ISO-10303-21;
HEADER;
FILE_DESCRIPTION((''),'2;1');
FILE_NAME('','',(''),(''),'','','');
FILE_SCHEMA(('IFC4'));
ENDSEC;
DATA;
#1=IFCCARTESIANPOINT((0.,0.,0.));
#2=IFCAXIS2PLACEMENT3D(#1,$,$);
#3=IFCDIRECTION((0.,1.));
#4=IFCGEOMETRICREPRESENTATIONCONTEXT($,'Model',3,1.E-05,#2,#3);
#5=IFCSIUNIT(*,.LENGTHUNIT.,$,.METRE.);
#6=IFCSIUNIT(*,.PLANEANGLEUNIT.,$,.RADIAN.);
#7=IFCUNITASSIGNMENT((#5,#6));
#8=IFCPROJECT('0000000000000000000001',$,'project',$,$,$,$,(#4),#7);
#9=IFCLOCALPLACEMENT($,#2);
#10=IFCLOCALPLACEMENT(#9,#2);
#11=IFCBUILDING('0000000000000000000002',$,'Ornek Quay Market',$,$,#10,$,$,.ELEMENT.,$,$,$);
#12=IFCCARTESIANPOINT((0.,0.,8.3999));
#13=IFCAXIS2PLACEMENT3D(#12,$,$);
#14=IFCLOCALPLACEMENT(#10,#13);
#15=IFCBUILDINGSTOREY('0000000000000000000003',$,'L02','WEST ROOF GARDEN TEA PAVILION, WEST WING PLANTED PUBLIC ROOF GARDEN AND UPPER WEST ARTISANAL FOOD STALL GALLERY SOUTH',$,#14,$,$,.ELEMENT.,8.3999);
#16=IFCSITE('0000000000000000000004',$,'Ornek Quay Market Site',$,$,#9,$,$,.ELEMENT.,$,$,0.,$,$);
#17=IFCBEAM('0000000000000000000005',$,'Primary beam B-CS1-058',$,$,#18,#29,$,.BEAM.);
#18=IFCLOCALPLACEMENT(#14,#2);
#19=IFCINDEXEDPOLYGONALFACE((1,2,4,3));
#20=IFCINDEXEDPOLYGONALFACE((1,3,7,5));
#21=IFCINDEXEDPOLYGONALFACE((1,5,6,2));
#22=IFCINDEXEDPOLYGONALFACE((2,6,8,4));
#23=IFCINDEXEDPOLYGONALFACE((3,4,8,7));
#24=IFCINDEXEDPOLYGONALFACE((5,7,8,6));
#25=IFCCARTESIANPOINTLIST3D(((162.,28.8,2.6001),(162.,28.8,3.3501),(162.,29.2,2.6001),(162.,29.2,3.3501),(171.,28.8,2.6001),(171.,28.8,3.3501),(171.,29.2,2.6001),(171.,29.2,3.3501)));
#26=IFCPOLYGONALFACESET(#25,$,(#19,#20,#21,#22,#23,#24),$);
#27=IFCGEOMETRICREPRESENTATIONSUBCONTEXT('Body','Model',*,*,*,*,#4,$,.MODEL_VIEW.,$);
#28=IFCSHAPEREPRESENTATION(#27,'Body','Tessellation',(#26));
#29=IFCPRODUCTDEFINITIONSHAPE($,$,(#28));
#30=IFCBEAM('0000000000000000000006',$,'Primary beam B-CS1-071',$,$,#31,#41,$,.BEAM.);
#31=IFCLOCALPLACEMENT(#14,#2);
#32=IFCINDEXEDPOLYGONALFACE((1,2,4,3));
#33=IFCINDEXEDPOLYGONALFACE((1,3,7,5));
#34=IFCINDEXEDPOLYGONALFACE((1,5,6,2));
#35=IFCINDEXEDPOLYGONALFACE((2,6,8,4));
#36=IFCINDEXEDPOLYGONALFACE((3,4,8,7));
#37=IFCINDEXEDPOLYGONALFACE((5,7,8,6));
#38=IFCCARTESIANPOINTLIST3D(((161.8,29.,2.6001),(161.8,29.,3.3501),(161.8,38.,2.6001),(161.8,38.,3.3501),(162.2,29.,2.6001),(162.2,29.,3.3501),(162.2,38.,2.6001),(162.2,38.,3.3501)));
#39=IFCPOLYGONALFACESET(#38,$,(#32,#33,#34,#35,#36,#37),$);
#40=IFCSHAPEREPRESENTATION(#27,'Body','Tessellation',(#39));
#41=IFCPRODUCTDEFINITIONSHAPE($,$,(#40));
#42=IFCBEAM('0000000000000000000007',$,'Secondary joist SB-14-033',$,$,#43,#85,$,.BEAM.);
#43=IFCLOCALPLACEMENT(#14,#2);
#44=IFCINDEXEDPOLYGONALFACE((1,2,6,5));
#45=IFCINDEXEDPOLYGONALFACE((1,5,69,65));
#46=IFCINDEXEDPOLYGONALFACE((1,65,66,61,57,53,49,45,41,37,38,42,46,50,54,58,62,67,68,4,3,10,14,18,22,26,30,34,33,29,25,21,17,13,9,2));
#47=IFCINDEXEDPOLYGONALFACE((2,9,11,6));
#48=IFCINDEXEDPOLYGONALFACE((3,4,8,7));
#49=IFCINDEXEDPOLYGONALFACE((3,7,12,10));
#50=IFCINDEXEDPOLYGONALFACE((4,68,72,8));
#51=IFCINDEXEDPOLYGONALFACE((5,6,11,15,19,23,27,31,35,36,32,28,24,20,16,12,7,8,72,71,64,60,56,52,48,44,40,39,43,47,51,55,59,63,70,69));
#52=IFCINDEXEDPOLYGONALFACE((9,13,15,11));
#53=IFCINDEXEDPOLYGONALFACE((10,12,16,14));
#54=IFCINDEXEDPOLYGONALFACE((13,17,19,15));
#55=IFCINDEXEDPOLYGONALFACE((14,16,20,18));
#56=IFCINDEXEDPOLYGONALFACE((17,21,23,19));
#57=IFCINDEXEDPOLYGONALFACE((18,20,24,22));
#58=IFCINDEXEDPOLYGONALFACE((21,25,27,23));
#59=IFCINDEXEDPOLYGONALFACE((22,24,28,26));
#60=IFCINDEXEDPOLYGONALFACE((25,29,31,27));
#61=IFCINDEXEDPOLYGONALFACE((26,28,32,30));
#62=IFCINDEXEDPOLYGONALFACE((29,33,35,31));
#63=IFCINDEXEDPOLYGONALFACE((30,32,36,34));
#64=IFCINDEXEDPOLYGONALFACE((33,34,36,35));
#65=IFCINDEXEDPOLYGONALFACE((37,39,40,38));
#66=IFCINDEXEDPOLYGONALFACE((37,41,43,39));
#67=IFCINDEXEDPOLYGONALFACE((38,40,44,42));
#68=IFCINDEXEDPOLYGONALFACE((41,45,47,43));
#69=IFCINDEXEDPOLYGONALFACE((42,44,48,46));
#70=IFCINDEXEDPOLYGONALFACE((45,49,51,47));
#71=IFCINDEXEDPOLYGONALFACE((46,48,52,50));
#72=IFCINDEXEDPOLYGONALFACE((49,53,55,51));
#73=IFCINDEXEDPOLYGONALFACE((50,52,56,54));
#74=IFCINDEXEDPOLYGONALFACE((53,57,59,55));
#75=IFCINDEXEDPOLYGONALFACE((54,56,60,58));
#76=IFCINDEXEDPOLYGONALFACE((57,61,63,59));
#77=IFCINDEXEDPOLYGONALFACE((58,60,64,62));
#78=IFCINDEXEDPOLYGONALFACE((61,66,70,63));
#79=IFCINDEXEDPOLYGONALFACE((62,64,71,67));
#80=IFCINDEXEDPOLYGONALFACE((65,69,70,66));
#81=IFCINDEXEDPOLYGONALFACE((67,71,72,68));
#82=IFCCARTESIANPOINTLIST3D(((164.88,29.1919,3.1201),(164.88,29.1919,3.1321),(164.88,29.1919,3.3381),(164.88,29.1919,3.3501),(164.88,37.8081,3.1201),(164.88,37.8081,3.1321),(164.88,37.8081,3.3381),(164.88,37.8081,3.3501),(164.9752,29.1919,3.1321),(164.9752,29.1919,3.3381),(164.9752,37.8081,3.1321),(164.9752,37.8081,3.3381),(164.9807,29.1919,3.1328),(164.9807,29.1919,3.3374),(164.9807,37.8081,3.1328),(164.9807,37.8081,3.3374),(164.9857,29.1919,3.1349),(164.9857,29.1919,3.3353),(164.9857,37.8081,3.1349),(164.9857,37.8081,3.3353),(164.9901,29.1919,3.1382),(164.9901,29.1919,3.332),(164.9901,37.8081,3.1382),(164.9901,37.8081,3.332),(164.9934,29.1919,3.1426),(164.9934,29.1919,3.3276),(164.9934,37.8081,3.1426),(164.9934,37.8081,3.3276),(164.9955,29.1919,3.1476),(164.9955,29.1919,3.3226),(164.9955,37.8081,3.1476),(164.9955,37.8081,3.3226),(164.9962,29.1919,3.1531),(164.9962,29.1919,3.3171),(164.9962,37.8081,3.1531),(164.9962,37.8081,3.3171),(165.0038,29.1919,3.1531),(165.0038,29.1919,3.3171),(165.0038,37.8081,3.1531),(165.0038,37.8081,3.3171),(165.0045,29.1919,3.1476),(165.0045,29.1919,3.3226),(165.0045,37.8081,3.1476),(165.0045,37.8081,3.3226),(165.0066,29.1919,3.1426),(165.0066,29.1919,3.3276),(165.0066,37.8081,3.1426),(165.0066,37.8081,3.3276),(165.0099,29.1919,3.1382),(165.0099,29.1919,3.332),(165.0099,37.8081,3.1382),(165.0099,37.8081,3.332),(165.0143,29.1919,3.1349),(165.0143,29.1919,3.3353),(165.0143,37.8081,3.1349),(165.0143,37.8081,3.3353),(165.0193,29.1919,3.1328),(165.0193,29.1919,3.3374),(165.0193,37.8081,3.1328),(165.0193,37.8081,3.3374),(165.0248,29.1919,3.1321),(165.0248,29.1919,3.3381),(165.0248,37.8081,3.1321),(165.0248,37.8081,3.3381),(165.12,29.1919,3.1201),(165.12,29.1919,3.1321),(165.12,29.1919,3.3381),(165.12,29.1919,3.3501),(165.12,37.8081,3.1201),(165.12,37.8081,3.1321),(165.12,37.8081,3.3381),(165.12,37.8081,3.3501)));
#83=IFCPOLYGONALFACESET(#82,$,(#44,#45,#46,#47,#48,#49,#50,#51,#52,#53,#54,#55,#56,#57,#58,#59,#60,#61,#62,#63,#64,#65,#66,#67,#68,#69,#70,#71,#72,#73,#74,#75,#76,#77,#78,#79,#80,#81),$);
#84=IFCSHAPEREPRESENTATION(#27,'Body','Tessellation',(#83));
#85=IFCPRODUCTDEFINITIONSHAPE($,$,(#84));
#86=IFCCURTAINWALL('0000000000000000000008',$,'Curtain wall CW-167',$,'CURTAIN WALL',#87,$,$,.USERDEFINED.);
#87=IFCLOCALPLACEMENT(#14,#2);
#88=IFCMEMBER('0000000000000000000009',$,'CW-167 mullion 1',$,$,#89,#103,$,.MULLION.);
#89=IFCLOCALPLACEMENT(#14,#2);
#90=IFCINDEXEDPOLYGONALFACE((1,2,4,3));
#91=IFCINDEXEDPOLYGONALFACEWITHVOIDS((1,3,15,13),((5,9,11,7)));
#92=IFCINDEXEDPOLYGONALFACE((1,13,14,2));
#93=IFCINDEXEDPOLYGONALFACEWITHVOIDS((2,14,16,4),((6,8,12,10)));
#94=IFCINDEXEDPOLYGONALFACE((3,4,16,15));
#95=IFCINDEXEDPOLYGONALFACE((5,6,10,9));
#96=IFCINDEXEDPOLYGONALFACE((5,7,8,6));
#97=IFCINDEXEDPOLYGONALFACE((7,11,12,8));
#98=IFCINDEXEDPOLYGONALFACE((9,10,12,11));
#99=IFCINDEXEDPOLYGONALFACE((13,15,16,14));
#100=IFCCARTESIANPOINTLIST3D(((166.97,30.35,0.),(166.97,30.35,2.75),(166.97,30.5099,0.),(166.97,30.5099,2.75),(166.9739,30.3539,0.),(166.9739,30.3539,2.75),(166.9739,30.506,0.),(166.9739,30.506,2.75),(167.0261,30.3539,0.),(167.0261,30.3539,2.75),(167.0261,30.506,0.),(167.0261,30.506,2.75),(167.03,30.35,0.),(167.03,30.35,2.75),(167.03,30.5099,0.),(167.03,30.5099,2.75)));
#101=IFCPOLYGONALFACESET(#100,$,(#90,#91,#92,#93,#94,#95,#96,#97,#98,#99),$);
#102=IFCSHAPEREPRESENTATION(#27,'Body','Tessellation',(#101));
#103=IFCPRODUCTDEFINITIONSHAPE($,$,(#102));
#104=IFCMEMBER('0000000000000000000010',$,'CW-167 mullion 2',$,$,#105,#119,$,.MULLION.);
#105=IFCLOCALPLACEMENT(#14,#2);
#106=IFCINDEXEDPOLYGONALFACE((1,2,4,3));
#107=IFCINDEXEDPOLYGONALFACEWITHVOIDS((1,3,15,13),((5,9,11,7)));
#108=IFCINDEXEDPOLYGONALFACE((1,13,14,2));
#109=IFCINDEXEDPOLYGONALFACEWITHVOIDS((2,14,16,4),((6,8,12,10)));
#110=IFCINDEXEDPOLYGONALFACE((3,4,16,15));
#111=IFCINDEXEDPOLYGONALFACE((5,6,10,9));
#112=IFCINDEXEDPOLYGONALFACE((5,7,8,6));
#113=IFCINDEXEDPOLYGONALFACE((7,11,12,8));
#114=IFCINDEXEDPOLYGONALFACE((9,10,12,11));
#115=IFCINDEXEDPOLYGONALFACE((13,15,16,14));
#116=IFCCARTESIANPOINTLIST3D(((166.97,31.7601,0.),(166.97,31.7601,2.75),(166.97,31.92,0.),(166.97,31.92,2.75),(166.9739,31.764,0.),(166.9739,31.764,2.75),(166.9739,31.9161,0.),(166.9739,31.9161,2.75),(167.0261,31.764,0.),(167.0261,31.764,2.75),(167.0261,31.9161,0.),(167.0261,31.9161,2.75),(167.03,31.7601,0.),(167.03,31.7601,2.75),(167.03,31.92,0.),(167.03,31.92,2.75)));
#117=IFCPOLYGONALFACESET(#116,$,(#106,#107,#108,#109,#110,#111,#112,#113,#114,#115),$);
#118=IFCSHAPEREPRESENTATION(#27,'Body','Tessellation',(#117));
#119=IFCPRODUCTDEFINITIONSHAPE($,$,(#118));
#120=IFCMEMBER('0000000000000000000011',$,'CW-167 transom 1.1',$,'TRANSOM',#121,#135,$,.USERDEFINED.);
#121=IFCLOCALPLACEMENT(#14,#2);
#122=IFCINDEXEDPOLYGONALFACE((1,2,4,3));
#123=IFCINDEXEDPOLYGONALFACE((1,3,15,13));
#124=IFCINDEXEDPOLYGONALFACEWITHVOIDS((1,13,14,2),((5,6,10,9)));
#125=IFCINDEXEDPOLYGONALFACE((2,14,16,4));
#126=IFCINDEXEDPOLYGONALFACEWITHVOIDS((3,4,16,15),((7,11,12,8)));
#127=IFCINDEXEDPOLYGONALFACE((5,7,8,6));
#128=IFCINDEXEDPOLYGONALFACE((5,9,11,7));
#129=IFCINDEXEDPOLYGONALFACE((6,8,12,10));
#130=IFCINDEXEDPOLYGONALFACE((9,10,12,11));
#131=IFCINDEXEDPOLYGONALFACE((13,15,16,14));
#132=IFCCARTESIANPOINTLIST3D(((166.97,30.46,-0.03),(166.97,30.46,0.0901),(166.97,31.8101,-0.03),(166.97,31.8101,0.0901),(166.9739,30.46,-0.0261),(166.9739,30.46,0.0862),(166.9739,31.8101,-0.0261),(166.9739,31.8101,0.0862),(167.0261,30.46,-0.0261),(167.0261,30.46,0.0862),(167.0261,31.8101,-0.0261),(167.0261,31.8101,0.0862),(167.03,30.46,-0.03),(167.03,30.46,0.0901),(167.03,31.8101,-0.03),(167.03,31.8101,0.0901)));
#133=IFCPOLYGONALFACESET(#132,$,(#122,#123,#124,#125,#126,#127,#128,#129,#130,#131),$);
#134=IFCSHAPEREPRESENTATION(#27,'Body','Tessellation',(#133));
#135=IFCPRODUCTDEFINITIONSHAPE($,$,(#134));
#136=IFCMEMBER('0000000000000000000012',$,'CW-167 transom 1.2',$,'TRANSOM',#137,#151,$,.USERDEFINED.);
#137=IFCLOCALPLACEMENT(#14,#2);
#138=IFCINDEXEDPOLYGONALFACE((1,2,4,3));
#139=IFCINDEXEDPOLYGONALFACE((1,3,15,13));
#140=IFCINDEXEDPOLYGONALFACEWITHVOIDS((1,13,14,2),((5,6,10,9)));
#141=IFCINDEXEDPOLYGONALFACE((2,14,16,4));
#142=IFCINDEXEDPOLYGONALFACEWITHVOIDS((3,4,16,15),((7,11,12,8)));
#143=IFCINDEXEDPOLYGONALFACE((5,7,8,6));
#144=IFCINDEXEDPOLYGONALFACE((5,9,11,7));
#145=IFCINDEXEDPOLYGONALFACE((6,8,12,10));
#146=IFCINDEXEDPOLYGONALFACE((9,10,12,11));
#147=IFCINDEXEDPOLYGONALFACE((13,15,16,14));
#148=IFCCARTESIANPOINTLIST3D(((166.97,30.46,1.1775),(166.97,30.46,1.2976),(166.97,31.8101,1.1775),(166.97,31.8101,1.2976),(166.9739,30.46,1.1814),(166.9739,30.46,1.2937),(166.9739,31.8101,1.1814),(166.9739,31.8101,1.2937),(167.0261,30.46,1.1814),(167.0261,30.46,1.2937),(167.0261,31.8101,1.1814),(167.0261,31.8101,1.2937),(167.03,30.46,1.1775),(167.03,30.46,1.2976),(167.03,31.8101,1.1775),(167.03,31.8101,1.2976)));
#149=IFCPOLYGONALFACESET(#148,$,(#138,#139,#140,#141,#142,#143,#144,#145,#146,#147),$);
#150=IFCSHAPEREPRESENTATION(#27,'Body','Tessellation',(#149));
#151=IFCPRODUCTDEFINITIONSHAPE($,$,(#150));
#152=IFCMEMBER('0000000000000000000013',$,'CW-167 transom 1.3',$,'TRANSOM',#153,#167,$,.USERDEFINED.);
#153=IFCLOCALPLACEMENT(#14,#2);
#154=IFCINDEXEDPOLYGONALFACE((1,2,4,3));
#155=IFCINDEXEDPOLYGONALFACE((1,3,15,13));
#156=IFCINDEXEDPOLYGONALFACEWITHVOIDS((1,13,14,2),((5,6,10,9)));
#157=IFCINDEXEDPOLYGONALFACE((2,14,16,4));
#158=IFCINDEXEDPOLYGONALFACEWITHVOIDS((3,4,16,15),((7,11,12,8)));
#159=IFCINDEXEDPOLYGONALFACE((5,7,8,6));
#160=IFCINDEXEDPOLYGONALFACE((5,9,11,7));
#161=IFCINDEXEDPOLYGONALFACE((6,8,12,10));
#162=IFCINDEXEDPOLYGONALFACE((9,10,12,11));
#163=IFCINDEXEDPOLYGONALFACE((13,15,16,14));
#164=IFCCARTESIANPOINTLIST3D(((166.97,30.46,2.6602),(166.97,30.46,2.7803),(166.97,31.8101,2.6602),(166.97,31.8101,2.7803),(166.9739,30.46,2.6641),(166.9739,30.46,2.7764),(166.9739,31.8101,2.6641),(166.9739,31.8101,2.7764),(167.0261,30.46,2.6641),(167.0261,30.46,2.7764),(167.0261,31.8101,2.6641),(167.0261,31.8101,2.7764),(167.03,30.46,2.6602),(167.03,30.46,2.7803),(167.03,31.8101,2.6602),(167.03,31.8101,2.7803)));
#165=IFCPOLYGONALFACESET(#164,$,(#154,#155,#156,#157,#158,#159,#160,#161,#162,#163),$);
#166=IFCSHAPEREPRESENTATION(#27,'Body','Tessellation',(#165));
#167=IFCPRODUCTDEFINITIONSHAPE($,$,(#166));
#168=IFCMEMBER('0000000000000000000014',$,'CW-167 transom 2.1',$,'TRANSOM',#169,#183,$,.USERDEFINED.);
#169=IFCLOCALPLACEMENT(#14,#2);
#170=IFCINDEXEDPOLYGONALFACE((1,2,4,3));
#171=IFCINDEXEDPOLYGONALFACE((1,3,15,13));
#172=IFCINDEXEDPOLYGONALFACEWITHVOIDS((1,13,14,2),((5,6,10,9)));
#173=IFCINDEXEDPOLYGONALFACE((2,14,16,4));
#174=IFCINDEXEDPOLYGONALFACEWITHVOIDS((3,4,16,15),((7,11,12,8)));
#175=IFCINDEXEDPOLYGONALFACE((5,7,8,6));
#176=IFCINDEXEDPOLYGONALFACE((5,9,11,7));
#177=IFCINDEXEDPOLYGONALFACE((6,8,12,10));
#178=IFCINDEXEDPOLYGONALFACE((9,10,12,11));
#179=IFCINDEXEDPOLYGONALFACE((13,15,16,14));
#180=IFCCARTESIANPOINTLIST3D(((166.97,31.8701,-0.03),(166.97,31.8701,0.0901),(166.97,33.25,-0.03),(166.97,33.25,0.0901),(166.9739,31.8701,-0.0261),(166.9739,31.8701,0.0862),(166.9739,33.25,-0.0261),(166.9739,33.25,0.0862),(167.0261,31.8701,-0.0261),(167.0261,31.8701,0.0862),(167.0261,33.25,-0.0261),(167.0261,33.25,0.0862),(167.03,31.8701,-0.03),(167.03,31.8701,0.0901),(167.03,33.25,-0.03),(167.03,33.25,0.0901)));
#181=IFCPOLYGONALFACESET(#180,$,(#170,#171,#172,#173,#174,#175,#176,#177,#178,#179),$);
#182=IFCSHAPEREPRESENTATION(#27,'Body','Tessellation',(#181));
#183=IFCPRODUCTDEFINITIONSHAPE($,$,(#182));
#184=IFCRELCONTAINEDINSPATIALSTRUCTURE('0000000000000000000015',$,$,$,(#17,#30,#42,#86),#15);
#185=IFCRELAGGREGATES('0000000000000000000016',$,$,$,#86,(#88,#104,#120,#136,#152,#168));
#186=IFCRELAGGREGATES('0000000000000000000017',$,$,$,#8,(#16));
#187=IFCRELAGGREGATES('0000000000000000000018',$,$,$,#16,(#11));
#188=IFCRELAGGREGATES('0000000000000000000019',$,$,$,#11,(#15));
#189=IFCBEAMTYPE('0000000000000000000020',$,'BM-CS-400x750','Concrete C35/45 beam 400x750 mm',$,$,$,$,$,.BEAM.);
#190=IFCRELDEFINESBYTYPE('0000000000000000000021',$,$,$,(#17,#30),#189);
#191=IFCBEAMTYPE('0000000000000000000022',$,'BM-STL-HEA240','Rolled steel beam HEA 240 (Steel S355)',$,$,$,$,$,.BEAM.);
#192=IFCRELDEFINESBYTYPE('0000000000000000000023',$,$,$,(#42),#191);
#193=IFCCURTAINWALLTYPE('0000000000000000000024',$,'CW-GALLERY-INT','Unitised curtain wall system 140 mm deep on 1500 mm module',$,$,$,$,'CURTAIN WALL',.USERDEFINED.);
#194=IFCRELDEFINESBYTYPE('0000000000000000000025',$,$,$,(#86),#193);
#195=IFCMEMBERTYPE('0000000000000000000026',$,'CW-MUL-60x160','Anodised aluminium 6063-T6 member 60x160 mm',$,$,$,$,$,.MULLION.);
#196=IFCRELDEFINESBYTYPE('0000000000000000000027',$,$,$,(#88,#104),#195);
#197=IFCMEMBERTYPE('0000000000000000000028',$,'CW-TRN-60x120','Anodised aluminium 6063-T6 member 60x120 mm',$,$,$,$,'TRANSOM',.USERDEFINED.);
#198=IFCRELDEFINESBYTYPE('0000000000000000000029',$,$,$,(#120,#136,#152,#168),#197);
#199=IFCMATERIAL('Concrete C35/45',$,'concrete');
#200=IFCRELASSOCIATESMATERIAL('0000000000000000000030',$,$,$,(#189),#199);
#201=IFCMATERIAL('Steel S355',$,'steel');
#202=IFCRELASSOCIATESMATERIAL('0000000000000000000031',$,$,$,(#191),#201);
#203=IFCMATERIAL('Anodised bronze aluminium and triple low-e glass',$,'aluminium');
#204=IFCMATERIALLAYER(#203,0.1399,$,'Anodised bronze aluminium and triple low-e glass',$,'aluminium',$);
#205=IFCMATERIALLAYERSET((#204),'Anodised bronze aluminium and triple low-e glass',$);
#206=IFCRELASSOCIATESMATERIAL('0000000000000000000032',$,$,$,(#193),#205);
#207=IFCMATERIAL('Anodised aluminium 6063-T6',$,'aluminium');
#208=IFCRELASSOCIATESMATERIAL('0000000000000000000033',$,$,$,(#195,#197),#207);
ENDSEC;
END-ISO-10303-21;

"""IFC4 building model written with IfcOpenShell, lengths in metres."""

from ifc_helpers import new_model, si_unit, direction, frame, origin, origin_2d, place, context, subcontext, project, spatial, rectangle, hollow_rectangle, i_section, extrude, material, layer, layer_set, material_profile, profile_set, type_object, element, aggregate, save


model = new_model("IFC4")

# Units and contexts
model_context = context("Model", 3, precision=1e-05, world=origin(), true_north=direction((0.0, 1.0)))
body_context = subcontext(model_context, "Body", "Model", "MODEL_VIEW")
ifc_project = project(units=[si_unit("LENGTHUNIT", "METRE"), si_unit("PLANEANGLEUNIT", "RADIAN")], contexts=[model_context])

# Site, building, storey
site_placement = place(None, origin())
site = spatial("IfcSite", under=ifc_project, at=site_placement, Name="Ornek Quay Market Site", CompositionType="ELEMENT", RefElevation=0.0)
building_placement = place(site_placement, origin())
building = spatial("IfcBuilding", under=site, at=building_placement, Name="Ornek Quay Market", CompositionType="ELEMENT")
storey_placement = place(building_placement, frame((0.0, 0.0, 8.3999)))
storey = spatial("IfcBuildingStorey", under=building, at=storey_placement, Name="L02", Description="WEST ROOF GARDEN TEA PAVILION, WEST WING PLANTED PUBLIC ROOF GARDEN AND UPPER WEST ARTISANAL FOOD STALL GALLERY SOUTH", CompositionType="ELEMENT", Elevation=8.3999)

# Beams
ifc_material_1 = material(Name="Concrete C35/45", Category="concrete")
ifc_material_profile_1 = material_profile(ifc_material_1, rectangle(XDim=0.3999, YDim=0.75, at=origin_2d()), Name="RC 400x750", Category="concrete")
ifc_profile_set_1 = profile_set([ifc_material_profile_1], Name="Concrete C35/45")
beam_type_1 = type_object("IfcBeamType", Name="BM-CS-400x750", Description="Concrete C35/45 beam 400x750 mm", PredefinedType="BEAM", material=ifc_profile_set_1)
for number, where, z_axis, x_axis, name in (
    (1, (162.0, 29.0, 2.9751), (1.0, 0.0, 0.0), (0.0, 1.0, 0.0), "Primary beam B-CS1-058"),
    (2, (162.0, 29.0, 2.9751), (0.0, 1.0, 0.0), (-1.0, 0.0, 0.0), "Primary beam B-CS1-071"),
):
    element("IfcBeam", number, at=place(storey_placement, frame(where, z_axis=z_axis, x_axis=x_axis)), inside=storey, type_object=beam_type_1, Name=name, PredefinedType="BEAM", context=body_context, shape_type="SweptSolid", body=[
        extrude(rectangle(XDim=0.3999, YDim=0.75, at=origin_2d()), origin(), (0.0, 0.0, 1.0), 9.0),
    ])
ifc_material_2 = material(Name="Steel S355", Category="steel")
ifc_material_profile_2 = material_profile(ifc_material_2, i_section(OverallWidth=0.24, OverallDepth=0.23, WebThickness=0.0076, FlangeThickness=0.012, FilletRadius=0.021, at=origin_2d()), Name="HEA 240", Category="steel")
ifc_profile_set_2 = profile_set([ifc_material_profile_2], Name="Steel S355")
beam_type_2 = type_object("IfcBeamType", Name="BM-STL-HEA240", Description="Rolled steel beam HEA 240 (Steel S355)", PredefinedType="BEAM", material=ifc_profile_set_2)
beam_placement = place(storey_placement, frame((165.0, 29.1919, 3.2351), z_axis=(0.0, 1.0, 0.0), x_axis=(-1.0, 0.0, 0.0)))
element("IfcBeam", 3, at=beam_placement, inside=storey, type_object=beam_type_2, Name="Secondary joist SB-14-033", PredefinedType="BEAM", context=body_context, shape_type="SweptSolid", body=[
    extrude(i_section(OverallWidth=0.24, OverallDepth=0.23, WebThickness=0.0076, FlangeThickness=0.012, FilletRadius=0.021, at=origin_2d()), origin(), (0.0, 0.0, 1.0), 8.6162),
])

# Curtain wall, members
ifc_material_3 = material(Name="Anodised bronze aluminium and triple low-e glass", Category="aluminium")
ifc_layer_1 = layer(ifc_material_3, 0.1399, Name="Anodised bronze aluminium and triple low-e glass", Category="aluminium")
ifc_layer_set_1 = layer_set([ifc_layer_1], Name="Anodised bronze aluminium and triple low-e glass")
curtain_wall_type = type_object("IfcCurtainWallType", Name="CW-GALLERY-INT", Description="Unitised curtain wall system 140 mm deep on 1500 mm module", ElementType="CURTAIN WALL", PredefinedType="USERDEFINED", material=ifc_layer_set_1)
curtain_wall_placement = place(storey_placement, origin())
curtain_wall = element("IfcCurtainWall", 4, at=curtain_wall_placement, inside=storey, type_object=curtain_wall_type, Name="Curtain wall CW-167", ObjectType="CURTAIN WALL", PredefinedType="USERDEFINED")
ifc_material_4 = material(Name="Anodised aluminium 6063-T6", Category="aluminium")
ifc_material_profile_3 = material_profile(ifc_material_4, hollow_rectangle(XDim=0.0601, YDim=0.1599, WallThickness=0.0039, at=origin_2d()), Name="CW-MUL-60x160", Category="aluminium")
ifc_profile_set_3 = profile_set([ifc_material_profile_3], Name="Anodised aluminium 6063-T6")
member_type_1 = type_object("IfcMemberType", Name="CW-MUL-60x160", Description="Anodised aluminium 6063-T6 member 60x160 mm", PredefinedType="MULLION", material=ifc_profile_set_3)
member_1_placement = place(storey_placement, frame((167.0, 30.4299, 0.0), z_axis=(0.0, 0.0, 1.0), x_axis=(-1.0, 0.0, 0.0)))
member_1 = element("IfcMember", 5, at=member_1_placement, type_object=member_type_1, Name="CW-167 mullion 1", PredefinedType="MULLION", context=body_context, shape_type="SweptSolid", body=[
    extrude(hollow_rectangle(XDim=0.0601, YDim=0.1599, WallThickness=0.0039, at=origin_2d()), origin(), (0.0, 0.0, 1.0), 2.75),
])
member_2_placement = place(storey_placement, frame((167.0, 31.8401, 0.0), z_axis=(0.0, 0.0, 1.0), x_axis=(-1.0, 0.0, 0.0)))
member_2 = element("IfcMember", 6, at=member_2_placement, type_object=member_type_1, Name="CW-167 mullion 2", PredefinedType="MULLION", context=body_context, shape_type="SweptSolid", body=[
    extrude(hollow_rectangle(XDim=0.0601, YDim=0.1599, WallThickness=0.0039, at=origin_2d()), origin(), (0.0, 0.0, 1.0), 2.75),
])
ifc_material_profile_4 = material_profile(ifc_material_4, hollow_rectangle(XDim=0.0601, YDim=0.1201, WallThickness=0.0039, at=origin_2d()), Name="CW-TRN-60x120", Category="aluminium")
ifc_profile_set_4 = profile_set([ifc_material_profile_4], Name="Anodised aluminium 6063-T6")
member_type_2 = type_object("IfcMemberType", Name="CW-TRN-60x120", Description="Anodised aluminium 6063-T6 member 60x120 mm", ElementType="TRANSOM", PredefinedType="USERDEFINED", material=ifc_profile_set_4)
member_3_placement = place(storey_placement, frame((167.0, 30.46, 0.03), z_axis=(0.0, 1.0, 0.0), x_axis=(-1.0, 0.0, 0.0)))
member_3 = element("IfcMember", 7, at=member_3_placement, type_object=member_type_2, Name="CW-167 transom 1.1", ObjectType="TRANSOM", PredefinedType="USERDEFINED", context=body_context, shape_type="SweptSolid", body=[
    extrude(hollow_rectangle(XDim=0.0601, YDim=0.1201, WallThickness=0.0039, at=origin_2d()), origin(), (0.0, 0.0, 1.0), 1.3501),
])
member_4_placement = place(storey_placement, frame((167.0, 30.46, 1.2375), z_axis=(0.0, 1.0, 0.0), x_axis=(-1.0, 0.0, 0.0)))
member_4 = element("IfcMember", 8, at=member_4_placement, type_object=member_type_2, Name="CW-167 transom 1.2", ObjectType="TRANSOM", PredefinedType="USERDEFINED", context=body_context, shape_type="SweptSolid", body=[
    extrude(hollow_rectangle(XDim=0.0601, YDim=0.1201, WallThickness=0.0039, at=origin_2d()), origin(), (0.0, 0.0, 1.0), 1.3501),
])
member_5_placement = place(storey_placement, frame((167.0, 30.46, 2.7202), z_axis=(0.0, 1.0, 0.0), x_axis=(-1.0, 0.0, 0.0)))
member_5 = element("IfcMember", 9, at=member_5_placement, type_object=member_type_2, Name="CW-167 transom 1.3", ObjectType="TRANSOM", PredefinedType="USERDEFINED", context=body_context, shape_type="SweptSolid", body=[
    extrude(hollow_rectangle(XDim=0.0601, YDim=0.1201, WallThickness=0.0039, at=origin_2d()), origin(), (0.0, 0.0, 1.0), 1.3501),
])
member_6_placement = place(storey_placement, frame((167.0, 31.8701, 0.03), z_axis=(0.0, 1.0, 0.0), x_axis=(-1.0, 0.0, 0.0)))
member_6 = element("IfcMember", 10, at=member_6_placement, type_object=member_type_2, Name="CW-167 transom 2.1", ObjectType="TRANSOM", PredefinedType="USERDEFINED", context=body_context, shape_type="SweptSolid", body=[
    extrude(hollow_rectangle(XDim=0.0601, YDim=0.1201, WallThickness=0.0039, at=origin_2d()), origin(), (0.0, 0.0, 1.0), 1.3799),
])
aggregate(curtain_wall, [member_1, member_2, member_3, member_4, member_5, member_6])

save(model, "model.ifc")
